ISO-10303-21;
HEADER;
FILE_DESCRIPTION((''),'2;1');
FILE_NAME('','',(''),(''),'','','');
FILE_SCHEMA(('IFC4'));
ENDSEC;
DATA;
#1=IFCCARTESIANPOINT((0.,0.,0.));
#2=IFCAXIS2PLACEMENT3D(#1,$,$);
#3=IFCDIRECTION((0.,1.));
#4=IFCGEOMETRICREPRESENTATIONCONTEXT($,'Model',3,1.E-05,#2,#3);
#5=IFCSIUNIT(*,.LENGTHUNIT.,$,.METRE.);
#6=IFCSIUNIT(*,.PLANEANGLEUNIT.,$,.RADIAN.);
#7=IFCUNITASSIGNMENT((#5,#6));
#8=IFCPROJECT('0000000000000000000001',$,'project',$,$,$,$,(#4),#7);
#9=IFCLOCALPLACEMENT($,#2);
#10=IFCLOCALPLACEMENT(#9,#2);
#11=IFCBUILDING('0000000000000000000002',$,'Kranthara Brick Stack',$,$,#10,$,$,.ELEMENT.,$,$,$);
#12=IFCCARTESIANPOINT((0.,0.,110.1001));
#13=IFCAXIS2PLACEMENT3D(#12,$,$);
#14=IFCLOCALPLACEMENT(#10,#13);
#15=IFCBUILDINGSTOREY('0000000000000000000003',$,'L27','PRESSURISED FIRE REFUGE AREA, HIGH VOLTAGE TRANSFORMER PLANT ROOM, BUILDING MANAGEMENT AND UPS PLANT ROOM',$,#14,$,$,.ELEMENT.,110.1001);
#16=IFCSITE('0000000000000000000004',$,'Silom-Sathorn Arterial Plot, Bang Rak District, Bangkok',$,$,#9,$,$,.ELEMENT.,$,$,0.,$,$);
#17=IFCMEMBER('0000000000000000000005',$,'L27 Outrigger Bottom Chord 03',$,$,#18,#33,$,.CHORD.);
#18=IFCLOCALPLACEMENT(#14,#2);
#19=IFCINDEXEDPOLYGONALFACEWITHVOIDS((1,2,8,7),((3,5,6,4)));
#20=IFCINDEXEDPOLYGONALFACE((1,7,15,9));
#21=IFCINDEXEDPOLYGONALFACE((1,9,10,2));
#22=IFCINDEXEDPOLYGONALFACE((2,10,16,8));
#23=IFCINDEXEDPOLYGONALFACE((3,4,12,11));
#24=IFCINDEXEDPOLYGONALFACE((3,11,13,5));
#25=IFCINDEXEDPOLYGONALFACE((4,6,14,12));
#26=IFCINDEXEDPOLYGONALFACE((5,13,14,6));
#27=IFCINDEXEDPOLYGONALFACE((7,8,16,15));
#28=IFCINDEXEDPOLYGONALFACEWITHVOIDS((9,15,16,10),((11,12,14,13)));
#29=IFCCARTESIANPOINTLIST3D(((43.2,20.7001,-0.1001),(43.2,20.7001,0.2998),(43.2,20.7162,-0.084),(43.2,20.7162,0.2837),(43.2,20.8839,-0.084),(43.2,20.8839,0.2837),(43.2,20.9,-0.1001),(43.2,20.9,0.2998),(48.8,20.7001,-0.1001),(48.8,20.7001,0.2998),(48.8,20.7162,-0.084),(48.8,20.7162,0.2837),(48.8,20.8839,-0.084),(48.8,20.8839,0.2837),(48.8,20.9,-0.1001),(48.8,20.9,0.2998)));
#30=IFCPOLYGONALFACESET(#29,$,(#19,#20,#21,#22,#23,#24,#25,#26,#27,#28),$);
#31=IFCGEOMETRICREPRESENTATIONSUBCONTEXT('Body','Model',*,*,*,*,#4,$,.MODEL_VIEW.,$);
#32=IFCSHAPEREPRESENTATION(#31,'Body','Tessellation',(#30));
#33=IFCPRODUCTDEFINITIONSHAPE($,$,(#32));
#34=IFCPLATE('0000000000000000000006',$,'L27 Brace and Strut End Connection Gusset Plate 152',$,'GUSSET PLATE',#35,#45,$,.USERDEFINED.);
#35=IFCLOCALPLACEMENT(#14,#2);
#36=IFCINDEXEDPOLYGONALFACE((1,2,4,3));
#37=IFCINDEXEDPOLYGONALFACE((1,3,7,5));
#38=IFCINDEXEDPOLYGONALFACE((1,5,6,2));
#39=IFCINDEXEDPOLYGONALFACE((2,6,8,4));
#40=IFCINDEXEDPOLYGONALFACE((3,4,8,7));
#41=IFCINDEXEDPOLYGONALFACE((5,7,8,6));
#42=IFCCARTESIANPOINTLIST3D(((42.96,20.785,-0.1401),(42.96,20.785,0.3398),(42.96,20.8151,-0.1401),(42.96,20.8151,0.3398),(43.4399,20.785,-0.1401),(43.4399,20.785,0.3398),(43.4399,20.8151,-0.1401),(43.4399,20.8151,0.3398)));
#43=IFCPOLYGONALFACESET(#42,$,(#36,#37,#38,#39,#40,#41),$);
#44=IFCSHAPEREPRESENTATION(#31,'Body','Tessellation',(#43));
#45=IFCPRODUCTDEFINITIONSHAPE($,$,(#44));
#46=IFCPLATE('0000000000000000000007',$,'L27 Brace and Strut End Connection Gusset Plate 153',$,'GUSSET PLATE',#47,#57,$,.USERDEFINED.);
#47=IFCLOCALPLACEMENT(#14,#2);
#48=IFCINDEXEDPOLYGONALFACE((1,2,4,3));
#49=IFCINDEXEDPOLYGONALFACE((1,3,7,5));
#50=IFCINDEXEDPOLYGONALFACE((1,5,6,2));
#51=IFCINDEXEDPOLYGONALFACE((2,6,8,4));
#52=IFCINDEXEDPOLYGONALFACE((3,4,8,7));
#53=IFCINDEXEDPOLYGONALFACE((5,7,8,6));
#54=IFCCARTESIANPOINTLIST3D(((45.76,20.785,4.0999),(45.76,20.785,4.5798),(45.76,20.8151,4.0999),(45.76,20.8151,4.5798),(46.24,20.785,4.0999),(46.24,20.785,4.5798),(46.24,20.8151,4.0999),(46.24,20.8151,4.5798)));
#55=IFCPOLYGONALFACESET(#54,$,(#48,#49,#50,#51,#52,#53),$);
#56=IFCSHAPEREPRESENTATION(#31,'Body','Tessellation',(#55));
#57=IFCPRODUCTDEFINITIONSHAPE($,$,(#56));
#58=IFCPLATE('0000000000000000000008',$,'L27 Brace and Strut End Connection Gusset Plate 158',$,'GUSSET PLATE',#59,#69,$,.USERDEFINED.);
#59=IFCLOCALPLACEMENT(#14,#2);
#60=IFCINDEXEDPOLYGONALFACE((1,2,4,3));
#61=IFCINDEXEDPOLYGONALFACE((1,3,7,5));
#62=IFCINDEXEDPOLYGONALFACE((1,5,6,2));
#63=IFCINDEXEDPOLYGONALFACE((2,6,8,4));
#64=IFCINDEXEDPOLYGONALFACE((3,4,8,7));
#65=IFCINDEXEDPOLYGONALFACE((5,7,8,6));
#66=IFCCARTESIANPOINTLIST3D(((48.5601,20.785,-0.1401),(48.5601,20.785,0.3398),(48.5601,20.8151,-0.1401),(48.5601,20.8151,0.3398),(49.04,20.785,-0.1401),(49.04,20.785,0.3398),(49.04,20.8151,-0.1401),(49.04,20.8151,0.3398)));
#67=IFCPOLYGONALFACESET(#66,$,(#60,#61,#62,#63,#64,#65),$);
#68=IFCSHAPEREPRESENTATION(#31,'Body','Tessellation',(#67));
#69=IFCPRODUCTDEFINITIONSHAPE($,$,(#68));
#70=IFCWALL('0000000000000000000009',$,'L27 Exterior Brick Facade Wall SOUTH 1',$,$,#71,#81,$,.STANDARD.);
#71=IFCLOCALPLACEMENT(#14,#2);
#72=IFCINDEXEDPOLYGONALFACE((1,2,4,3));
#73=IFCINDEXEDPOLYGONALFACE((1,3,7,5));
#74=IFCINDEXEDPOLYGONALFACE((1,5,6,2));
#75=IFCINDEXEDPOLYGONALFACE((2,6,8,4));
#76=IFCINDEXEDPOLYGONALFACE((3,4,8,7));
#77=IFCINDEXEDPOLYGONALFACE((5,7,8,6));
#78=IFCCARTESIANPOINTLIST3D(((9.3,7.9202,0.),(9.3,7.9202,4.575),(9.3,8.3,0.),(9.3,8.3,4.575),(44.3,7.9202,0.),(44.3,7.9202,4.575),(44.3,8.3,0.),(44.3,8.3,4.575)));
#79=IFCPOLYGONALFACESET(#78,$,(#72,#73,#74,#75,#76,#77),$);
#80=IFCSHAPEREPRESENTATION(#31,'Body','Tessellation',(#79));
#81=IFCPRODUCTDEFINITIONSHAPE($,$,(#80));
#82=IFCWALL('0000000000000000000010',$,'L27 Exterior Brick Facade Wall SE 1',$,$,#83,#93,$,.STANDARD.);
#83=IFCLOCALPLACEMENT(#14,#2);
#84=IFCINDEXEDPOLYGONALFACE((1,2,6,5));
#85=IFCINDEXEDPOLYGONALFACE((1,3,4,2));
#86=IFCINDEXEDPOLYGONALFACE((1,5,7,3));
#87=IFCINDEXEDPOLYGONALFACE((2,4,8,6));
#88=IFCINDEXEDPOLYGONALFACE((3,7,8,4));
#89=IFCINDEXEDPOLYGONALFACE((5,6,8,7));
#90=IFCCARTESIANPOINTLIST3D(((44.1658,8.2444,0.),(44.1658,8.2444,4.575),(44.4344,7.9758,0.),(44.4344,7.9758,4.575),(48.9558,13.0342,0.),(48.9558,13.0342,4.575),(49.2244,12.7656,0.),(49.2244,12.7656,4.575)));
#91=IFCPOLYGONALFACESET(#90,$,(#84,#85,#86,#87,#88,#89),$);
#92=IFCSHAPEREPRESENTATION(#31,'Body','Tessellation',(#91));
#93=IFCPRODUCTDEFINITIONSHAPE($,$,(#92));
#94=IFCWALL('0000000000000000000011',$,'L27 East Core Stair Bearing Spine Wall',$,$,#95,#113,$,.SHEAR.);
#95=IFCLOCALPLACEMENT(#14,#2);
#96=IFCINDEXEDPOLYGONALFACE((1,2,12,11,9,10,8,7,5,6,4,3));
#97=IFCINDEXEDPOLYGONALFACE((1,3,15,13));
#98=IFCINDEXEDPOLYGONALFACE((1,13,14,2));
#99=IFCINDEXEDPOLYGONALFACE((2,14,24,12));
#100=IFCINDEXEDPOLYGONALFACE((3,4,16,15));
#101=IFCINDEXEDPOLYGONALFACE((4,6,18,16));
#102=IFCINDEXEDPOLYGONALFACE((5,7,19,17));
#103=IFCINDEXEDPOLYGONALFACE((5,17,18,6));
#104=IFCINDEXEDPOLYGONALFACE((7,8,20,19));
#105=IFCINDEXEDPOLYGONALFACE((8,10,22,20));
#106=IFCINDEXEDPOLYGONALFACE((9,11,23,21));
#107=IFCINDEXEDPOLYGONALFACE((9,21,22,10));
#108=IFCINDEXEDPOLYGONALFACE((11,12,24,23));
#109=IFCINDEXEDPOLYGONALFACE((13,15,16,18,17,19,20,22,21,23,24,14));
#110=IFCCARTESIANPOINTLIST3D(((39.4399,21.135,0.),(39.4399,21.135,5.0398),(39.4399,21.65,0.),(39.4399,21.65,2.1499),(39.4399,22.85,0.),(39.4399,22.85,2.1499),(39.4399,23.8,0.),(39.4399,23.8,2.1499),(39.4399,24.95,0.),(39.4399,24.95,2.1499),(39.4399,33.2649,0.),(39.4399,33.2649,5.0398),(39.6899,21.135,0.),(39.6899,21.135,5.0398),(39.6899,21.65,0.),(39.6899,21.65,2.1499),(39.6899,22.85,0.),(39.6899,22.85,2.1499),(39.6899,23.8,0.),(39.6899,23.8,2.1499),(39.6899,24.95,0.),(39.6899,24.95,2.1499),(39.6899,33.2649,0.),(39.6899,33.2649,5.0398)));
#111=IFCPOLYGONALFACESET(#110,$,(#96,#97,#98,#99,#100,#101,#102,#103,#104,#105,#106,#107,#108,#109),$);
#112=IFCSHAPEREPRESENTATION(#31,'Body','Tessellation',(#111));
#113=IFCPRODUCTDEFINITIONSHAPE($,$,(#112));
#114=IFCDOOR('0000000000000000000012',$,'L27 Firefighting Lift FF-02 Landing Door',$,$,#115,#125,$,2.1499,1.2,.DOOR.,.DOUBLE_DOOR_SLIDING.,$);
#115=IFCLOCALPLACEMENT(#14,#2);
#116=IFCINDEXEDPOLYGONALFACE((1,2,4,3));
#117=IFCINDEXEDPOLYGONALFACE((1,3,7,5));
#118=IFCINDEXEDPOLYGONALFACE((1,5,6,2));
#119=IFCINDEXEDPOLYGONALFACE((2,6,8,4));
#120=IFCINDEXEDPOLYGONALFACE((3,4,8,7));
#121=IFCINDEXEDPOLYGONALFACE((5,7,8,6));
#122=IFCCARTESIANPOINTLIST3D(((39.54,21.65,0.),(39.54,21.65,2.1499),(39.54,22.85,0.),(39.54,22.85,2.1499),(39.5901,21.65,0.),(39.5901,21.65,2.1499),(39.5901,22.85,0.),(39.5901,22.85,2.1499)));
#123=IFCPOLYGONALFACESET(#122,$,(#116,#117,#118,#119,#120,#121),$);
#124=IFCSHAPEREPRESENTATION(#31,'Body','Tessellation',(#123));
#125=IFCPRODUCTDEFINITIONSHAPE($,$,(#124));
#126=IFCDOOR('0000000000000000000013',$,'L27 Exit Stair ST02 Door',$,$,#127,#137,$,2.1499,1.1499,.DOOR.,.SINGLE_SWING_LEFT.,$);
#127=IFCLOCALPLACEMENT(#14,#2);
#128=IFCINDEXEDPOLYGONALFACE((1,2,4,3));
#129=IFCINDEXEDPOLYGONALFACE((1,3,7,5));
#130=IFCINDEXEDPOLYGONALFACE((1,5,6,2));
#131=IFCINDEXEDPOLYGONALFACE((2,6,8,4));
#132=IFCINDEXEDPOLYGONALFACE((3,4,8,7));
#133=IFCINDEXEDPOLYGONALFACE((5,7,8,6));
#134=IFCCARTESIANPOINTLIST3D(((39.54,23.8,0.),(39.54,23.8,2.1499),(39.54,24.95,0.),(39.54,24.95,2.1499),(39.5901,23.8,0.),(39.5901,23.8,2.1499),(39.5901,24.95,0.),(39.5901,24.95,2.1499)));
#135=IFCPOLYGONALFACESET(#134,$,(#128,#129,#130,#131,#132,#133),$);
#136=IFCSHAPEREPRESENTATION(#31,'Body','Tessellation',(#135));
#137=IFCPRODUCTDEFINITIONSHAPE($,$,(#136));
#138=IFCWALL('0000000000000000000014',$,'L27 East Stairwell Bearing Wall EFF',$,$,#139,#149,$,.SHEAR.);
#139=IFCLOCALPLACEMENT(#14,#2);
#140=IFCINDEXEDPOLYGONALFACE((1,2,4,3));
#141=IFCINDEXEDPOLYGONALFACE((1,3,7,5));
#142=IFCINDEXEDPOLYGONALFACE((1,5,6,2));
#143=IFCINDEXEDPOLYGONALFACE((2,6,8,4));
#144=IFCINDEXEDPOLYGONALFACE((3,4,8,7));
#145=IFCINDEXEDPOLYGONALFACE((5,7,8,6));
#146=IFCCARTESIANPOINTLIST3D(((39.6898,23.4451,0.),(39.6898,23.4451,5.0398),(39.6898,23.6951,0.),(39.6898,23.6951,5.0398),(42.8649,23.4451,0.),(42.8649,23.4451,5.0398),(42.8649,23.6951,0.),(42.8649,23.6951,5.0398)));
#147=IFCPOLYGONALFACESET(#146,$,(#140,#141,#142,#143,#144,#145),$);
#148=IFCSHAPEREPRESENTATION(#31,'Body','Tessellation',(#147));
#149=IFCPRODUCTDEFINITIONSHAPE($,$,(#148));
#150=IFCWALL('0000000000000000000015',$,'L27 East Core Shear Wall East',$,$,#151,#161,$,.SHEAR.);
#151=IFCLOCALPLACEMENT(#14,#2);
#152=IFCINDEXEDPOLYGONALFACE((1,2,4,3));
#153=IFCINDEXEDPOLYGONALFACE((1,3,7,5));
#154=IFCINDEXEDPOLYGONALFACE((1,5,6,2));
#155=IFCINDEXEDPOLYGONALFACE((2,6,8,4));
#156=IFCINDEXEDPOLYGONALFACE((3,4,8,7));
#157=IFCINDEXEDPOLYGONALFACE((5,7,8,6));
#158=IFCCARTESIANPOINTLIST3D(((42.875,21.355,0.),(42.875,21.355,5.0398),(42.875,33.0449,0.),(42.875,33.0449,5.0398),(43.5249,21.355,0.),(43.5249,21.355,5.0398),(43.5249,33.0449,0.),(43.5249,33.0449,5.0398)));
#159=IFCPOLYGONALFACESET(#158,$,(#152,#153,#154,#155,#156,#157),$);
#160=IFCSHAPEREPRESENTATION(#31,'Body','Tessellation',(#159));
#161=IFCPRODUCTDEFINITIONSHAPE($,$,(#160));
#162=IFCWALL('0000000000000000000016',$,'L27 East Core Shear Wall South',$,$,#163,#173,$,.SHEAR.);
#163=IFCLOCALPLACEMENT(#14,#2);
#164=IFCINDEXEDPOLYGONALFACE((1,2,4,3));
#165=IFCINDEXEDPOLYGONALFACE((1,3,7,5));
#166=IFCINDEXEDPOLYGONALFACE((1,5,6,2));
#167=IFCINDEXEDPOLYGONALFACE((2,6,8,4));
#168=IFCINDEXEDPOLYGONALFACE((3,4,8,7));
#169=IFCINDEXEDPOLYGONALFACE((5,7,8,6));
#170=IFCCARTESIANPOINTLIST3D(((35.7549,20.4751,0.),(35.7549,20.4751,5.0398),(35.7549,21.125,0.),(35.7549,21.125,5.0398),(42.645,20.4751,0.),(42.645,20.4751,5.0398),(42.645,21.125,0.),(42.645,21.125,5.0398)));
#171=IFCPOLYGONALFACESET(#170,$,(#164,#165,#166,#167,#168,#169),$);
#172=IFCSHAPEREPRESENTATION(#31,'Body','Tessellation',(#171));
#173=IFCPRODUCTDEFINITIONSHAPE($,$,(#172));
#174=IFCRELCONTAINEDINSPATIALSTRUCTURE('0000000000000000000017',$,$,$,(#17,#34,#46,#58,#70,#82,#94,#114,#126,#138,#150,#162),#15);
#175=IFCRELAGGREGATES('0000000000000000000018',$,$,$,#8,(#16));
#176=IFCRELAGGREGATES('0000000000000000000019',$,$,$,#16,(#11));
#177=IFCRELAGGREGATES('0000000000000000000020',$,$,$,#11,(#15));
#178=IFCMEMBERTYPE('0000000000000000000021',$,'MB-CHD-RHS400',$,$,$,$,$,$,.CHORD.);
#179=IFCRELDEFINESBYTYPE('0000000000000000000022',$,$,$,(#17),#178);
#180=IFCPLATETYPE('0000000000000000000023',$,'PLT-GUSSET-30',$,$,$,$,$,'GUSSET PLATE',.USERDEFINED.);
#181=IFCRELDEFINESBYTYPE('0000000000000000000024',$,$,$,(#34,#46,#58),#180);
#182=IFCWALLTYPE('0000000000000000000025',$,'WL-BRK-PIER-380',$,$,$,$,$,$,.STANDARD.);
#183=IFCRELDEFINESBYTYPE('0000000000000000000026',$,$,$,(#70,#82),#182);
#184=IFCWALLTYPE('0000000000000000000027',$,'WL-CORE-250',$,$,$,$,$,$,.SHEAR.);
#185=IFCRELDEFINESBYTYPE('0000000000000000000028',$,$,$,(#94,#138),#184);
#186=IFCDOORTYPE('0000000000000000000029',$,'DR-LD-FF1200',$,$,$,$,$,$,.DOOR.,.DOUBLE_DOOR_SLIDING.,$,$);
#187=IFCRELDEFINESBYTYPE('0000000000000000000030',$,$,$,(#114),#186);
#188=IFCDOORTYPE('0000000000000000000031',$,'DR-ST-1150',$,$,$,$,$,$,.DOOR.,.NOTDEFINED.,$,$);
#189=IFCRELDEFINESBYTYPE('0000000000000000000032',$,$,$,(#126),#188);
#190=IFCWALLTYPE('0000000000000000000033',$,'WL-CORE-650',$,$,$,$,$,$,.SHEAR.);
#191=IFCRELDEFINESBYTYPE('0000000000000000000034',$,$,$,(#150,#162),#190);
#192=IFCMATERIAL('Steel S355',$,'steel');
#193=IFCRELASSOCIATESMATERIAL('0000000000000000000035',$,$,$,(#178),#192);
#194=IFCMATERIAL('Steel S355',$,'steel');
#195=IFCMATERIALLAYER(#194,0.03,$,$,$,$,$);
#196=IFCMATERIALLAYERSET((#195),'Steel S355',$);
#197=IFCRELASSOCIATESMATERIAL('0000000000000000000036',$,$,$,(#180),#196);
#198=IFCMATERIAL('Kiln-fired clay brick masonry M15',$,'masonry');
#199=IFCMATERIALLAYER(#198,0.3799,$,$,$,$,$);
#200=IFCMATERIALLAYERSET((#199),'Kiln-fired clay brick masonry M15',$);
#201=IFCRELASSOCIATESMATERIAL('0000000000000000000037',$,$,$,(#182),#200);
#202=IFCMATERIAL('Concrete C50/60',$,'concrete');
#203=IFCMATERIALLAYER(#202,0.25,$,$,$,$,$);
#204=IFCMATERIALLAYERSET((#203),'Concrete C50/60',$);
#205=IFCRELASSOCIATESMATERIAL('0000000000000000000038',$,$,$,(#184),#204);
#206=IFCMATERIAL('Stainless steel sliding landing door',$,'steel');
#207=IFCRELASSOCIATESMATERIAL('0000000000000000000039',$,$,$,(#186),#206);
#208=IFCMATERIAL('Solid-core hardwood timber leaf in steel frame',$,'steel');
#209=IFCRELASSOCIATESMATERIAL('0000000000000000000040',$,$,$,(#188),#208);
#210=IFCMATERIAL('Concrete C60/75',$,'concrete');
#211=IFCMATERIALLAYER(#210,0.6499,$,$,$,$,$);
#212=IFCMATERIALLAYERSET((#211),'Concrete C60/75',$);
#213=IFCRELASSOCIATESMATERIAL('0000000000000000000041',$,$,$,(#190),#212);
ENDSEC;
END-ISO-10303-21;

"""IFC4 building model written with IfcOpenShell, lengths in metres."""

from ifc_helpers import new_model, si_unit, direction, frame, frame_2d, origin, origin_2d, place, context, subcontext, project, spatial, rectangle, hollow_rectangle, extrude, material, layer, layer_set, material_profile, profile_set, type_object, element, fill, save


model = new_model("IFC4")

# Units and contexts
model_context = context("Model", 3, precision=1e-05, world=origin(), true_north=direction((0.0, 1.0)))
body_context = subcontext(model_context, "Body", "Model", "MODEL_VIEW")
ifc_project = project(units=[si_unit("LENGTHUNIT", "METRE"), si_unit("PLANEANGLEUNIT", "RADIAN")], contexts=[model_context])

# Site, building, storey
site_placement = place(None, origin())
site = spatial("IfcSite", under=ifc_project, at=site_placement, Name="Silom-Sathorn Arterial Plot, Bang Rak District, Bangkok", CompositionType="ELEMENT", RefElevation=0.0)
building_placement = place(site_placement, origin())
building = spatial("IfcBuilding", under=site, at=building_placement, Name="Kranthara Brick Stack", CompositionType="ELEMENT")
storey_placement = place(building_placement, frame((0.0, 0.0, 110.1001)))
storey = spatial("IfcBuildingStorey", under=building, at=storey_placement, Name="L27", Description="PRESSURISED FIRE REFUGE AREA, HIGH VOLTAGE TRANSFORMER PLANT ROOM, BUILDING MANAGEMENT AND UPS PLANT ROOM", CompositionType="ELEMENT", Elevation=110.1001)

# Member
ifc_material_1 = material(Name="Steel S355", Category="steel")
ifc_material_profile_1 = material_profile(ifc_material_1, hollow_rectangle(XDim=0.2, YDim=0.3999, WallThickness=0.0161, at=origin_2d()), Name="RHS 200x400x16")
ifc_profile_set_1 = profile_set([ifc_material_profile_1], Name="Steel S355")
member_type_1 = type_object("IfcMemberType", Name="MB-CHD-RHS400", PredefinedType="CHORD", material=ifc_profile_set_1)
member_placement = place(storey_placement, frame((43.2, 20.8, 0.0999), z_axis=(1.0, 0.0, 0.0), x_axis=(0.0, 1.0, 0.0)))
element("IfcMember", 1, at=member_placement, inside=storey, type_object=member_type_1, Name="L27 Outrigger Bottom Chord 03", PredefinedType="CHORD", context=body_context, shape_type="SweptSolid", body=[
    extrude(hollow_rectangle(XDim=0.2, YDim=0.3999, WallThickness=0.0161, at=origin_2d()), origin(), (0.0, 0.0, 1.0), 5.6001),
])

# Plates
ifc_material_2 = material(Name="Steel S355", Category="steel")
ifc_layer_1 = layer(ifc_material_2, 0.03)
ifc_layer_set_1 = layer_set([ifc_layer_1], Name="Steel S355")
plate_type = type_object("IfcPlateType", Name="PLT-GUSSET-30", ElementType="GUSSET PLATE", PredefinedType="USERDEFINED", material=ifc_layer_set_1)
for number, where, z_axis, x_axis, name in (
    (2, (43.2, 20.8, -0.1401), (0.0, 0.0, 1.0), (1.0, 0.0, 0.0), "L27 Brace and Strut End Connection Gusset Plate 152"),
    (3, (46.0, 20.8, 4.0999), (0.0, 0.0, 1.0), (1.0, 0.0, 0.0), "L27 Brace and Strut End Connection Gusset Plate 153"),
    (4, (48.8, 20.8, -0.1401), (0.0, 0.0, 1.0), (1.0, 0.0, 0.0), "L27 Brace and Strut End Connection Gusset Plate 158"),
):
    element("IfcPlate", number, at=place(storey_placement, frame(where, z_axis=z_axis, x_axis=x_axis)), inside=storey, type_object=plate_type, Name=name, ObjectType="GUSSET PLATE", PredefinedType="USERDEFINED", context=body_context, shape_type="SweptSolid", body=[
        extrude(rectangle(XDim=0.48, YDim=0.03, at=origin_2d()), origin(), (0.0, 0.0, 1.0), 0.48),
    ])

# Walls
ifc_material_3 = material(Name="Kiln-fired clay brick masonry M15", Category="masonry")
ifc_layer_2 = layer(ifc_material_3, 0.3799)
ifc_layer_set_2 = layer_set([ifc_layer_2], Name="Kiln-fired clay brick masonry M15")
wall_type_1 = type_object("IfcWallType", Name="WL-BRK-PIER-380", PredefinedType="STANDARD", material=ifc_layer_set_2)
wall_1_placement = place(storey_placement, frame((44.3, 8.1101, 0.0), z_axis=(0.0, 0.0, 1.0), x_axis=(-1.0, 0.0, 0.0)))
element("IfcWall", 5, at=wall_1_placement, inside=storey, type_object=wall_type_1, Name="L27 Exterior Brick Facade Wall SOUTH 1", PredefinedType="STANDARD", context=body_context, shape_type="SweptSolid", body=[
    extrude(rectangle(XDim=35.0, YDim=0.3799, at=frame_2d((17.5, 0.0))), origin(), (0.0, 0.0, 1.0), 4.575),
])
wall_2_placement = place(storey_placement, frame((49.0901, 12.8999, 0.0), z_axis=(0.0, 0.0, 1.0), x_axis=(-0.707125, -0.707089, 0.0)))
element("IfcWall", 6, at=wall_2_placement, inside=storey, type_object=wall_type_1, Name="L27 Exterior Brick Facade Wall SE 1", PredefinedType="STANDARD", context=body_context, shape_type="SweptSolid", body=[
    extrude(rectangle(XDim=6.7739, YDim=0.3799, at=frame_2d((3.387, 0.0))), origin(), (0.0, 0.0, 1.0), 4.575),
])

# Wall, openings, doors
ifc_material_4 = material(Name="Concrete C50/60", Category="concrete")
ifc_layer_3 = layer(ifc_material_4, 0.25)
ifc_layer_set_3 = layer_set([ifc_layer_3], Name="Concrete C50/60")
wall_type_2 = type_object("IfcWallType", Name="WL-CORE-250", PredefinedType="SHEAR", material=ifc_layer_set_3)
wall_3_placement = place(storey_placement, frame((39.5649, 21.135, 0.0), z_axis=(0.0, 0.0, 1.0), x_axis=(0.0, 1.0, 0.0)))
wall_3 = element("IfcWall", 7, at=wall_3_placement, inside=storey, type_object=wall_type_2, Name="L27 East Core Stair Bearing Spine Wall", PredefinedType="SHEAR", context=body_context, shape_type="SweptSolid", body=[
    extrude(rectangle(XDim=12.1299, YDim=0.25, at=frame_2d((6.0649, 0.0))), origin(), (0.0, 0.0, 1.0), 5.0398),
])
opening_1_placement = place(wall_3_placement, frame((0.5149, 0.0, 0.0)))
opening_1 = element("IfcOpeningElement", 8, at=opening_1_placement, cuts=wall_3, PredefinedType="OPENING", context=body_context, shape_type="SweptSolid", body=[
    extrude(rectangle(XDim=1.2, YDim=2.1499, at=frame_2d((0.6001, 1.075))), frame((0.0, 0.135, 0.0), z_axis=(0.0, -1.0, 0.0), x_axis=(1.0, 0.0, 0.0)), (0.0, 0.0, 1.0), 0.27),
])
opening_2_placement = place(wall_3_placement, frame((2.665, 0.0, 0.0)))
opening_2 = element("IfcOpeningElement", 9, at=opening_2_placement, cuts=wall_3, PredefinedType="OPENING", context=body_context, shape_type="SweptSolid", body=[
    extrude(rectangle(XDim=1.1499, YDim=2.1499, at=frame_2d((0.575, 1.075))), frame((0.0, 0.135, 0.0), z_axis=(0.0, -1.0, 0.0), x_axis=(1.0, 0.0, 0.0)), (0.0, 0.0, 1.0), 0.27),
])
ifc_material_5 = material(Name="Stainless steel sliding landing door", Category="steel")
door_type_1 = type_object("IfcDoorType", Name="DR-LD-FF1200", OperationType="DOUBLE_DOOR_SLIDING", PredefinedType="DOOR", material=ifc_material_5)
door_1_placement = place(opening_1_placement, origin())
door_1 = element("IfcDoor", 10, at=door_1_placement, inside=storey, type_object=door_type_1, Name="L27 Firefighting Lift FF-02 Landing Door", OperationType="DOUBLE_DOOR_SLIDING", OverallHeight=2.1499, OverallWidth=1.2, PredefinedType="DOOR", context=body_context, shape_type="SweptSolid", body=[
    extrude(rectangle(XDim=1.2, YDim=2.1499, at=frame_2d((0.6001, 1.075))), frame((0.0, 0.0249, 0.0), z_axis=(0.0, -1.0, 0.0), x_axis=(1.0, 0.0, 0.0)), (0.0, 0.0, 1.0), 0.05),
])
fill(opening_1, door_1)
ifc_material_6 = material(Name="Solid-core hardwood timber leaf in steel frame", Category="steel")
door_type_2 = type_object("IfcDoorType", Name="DR-ST-1150", OperationType="NOTDEFINED", PredefinedType="DOOR", material=ifc_material_6)
door_2_placement = place(opening_2_placement, origin())
door_2 = element("IfcDoor", 11, at=door_2_placement, inside=storey, type_object=door_type_2, Name="L27 Exit Stair ST02 Door", OperationType="SINGLE_SWING_LEFT", OverallHeight=2.1499, OverallWidth=1.1499, PredefinedType="DOOR", context=body_context, shape_type="SweptSolid", body=[
    extrude(rectangle(XDim=1.1499, YDim=2.1499, at=frame_2d((0.575, 1.075))), frame((0.0, 0.0249, 0.0), z_axis=(0.0, -1.0, 0.0), x_axis=(1.0, 0.0, 0.0)), (0.0, 0.0, 1.0), 0.05),
])
fill(opening_2, door_2)

# Walls
wall_4_placement = place(storey_placement, frame((39.6899, 23.5701, 0.0), z_axis=(0.0, 0.0, 1.0), x_axis=(1.0, 0.0, 0.0)))
element("IfcWall", 12, at=wall_4_placement, inside=storey, type_object=wall_type_2, Name="L27 East Stairwell Bearing Wall EFF", PredefinedType="SHEAR", context=body_context, shape_type="SweptSolid", body=[
    extrude(rectangle(XDim=3.175, YDim=0.25, at=frame_2d((1.5874, 0.0))), origin(), (0.0, 0.0, 1.0), 5.0398),
])
ifc_material_7 = material(Name="Concrete C60/75", Category="concrete")
ifc_layer_4 = layer(ifc_material_7, 0.6499)
ifc_layer_set_4 = layer_set([ifc_layer_4], Name="Concrete C60/75")
wall_type_3 = type_object("IfcWallType", Name="WL-CORE-650", PredefinedType="SHEAR", material=ifc_layer_set_4)
wall_5_placement = place(storey_placement, frame((43.2, 21.355, 0.0), z_axis=(0.0, 0.0, 1.0), x_axis=(0.0, 1.0, 0.0)))
element("IfcWall", 13, at=wall_5_placement, inside=storey, type_object=wall_type_3, Name="L27 East Core Shear Wall East", PredefinedType="SHEAR", context=body_context, shape_type="SweptSolid", body=[
    extrude(rectangle(XDim=11.6899, YDim=0.6499, at=frame_2d((5.845, 0.0))), origin(), (0.0, 0.0, 1.0), 5.0398),
])
wall_6_placement = place(storey_placement, frame((35.7549, 20.8, 0.0), z_axis=(0.0, 0.0, 1.0), x_axis=(1.0, 0.0, 0.0)))
element("IfcWall", 14, at=wall_6_placement, inside=storey, type_object=wall_type_3, Name="L27 East Core Shear Wall South", PredefinedType="SHEAR", context=body_context, shape_type="SweptSolid", body=[
    extrude(rectangle(XDim=6.8901, YDim=0.6499, at=frame_2d((3.4451, 0.0))), origin(), (0.0, 0.0, 1.0), 5.0398),
])

save(model, "model.ifc")
